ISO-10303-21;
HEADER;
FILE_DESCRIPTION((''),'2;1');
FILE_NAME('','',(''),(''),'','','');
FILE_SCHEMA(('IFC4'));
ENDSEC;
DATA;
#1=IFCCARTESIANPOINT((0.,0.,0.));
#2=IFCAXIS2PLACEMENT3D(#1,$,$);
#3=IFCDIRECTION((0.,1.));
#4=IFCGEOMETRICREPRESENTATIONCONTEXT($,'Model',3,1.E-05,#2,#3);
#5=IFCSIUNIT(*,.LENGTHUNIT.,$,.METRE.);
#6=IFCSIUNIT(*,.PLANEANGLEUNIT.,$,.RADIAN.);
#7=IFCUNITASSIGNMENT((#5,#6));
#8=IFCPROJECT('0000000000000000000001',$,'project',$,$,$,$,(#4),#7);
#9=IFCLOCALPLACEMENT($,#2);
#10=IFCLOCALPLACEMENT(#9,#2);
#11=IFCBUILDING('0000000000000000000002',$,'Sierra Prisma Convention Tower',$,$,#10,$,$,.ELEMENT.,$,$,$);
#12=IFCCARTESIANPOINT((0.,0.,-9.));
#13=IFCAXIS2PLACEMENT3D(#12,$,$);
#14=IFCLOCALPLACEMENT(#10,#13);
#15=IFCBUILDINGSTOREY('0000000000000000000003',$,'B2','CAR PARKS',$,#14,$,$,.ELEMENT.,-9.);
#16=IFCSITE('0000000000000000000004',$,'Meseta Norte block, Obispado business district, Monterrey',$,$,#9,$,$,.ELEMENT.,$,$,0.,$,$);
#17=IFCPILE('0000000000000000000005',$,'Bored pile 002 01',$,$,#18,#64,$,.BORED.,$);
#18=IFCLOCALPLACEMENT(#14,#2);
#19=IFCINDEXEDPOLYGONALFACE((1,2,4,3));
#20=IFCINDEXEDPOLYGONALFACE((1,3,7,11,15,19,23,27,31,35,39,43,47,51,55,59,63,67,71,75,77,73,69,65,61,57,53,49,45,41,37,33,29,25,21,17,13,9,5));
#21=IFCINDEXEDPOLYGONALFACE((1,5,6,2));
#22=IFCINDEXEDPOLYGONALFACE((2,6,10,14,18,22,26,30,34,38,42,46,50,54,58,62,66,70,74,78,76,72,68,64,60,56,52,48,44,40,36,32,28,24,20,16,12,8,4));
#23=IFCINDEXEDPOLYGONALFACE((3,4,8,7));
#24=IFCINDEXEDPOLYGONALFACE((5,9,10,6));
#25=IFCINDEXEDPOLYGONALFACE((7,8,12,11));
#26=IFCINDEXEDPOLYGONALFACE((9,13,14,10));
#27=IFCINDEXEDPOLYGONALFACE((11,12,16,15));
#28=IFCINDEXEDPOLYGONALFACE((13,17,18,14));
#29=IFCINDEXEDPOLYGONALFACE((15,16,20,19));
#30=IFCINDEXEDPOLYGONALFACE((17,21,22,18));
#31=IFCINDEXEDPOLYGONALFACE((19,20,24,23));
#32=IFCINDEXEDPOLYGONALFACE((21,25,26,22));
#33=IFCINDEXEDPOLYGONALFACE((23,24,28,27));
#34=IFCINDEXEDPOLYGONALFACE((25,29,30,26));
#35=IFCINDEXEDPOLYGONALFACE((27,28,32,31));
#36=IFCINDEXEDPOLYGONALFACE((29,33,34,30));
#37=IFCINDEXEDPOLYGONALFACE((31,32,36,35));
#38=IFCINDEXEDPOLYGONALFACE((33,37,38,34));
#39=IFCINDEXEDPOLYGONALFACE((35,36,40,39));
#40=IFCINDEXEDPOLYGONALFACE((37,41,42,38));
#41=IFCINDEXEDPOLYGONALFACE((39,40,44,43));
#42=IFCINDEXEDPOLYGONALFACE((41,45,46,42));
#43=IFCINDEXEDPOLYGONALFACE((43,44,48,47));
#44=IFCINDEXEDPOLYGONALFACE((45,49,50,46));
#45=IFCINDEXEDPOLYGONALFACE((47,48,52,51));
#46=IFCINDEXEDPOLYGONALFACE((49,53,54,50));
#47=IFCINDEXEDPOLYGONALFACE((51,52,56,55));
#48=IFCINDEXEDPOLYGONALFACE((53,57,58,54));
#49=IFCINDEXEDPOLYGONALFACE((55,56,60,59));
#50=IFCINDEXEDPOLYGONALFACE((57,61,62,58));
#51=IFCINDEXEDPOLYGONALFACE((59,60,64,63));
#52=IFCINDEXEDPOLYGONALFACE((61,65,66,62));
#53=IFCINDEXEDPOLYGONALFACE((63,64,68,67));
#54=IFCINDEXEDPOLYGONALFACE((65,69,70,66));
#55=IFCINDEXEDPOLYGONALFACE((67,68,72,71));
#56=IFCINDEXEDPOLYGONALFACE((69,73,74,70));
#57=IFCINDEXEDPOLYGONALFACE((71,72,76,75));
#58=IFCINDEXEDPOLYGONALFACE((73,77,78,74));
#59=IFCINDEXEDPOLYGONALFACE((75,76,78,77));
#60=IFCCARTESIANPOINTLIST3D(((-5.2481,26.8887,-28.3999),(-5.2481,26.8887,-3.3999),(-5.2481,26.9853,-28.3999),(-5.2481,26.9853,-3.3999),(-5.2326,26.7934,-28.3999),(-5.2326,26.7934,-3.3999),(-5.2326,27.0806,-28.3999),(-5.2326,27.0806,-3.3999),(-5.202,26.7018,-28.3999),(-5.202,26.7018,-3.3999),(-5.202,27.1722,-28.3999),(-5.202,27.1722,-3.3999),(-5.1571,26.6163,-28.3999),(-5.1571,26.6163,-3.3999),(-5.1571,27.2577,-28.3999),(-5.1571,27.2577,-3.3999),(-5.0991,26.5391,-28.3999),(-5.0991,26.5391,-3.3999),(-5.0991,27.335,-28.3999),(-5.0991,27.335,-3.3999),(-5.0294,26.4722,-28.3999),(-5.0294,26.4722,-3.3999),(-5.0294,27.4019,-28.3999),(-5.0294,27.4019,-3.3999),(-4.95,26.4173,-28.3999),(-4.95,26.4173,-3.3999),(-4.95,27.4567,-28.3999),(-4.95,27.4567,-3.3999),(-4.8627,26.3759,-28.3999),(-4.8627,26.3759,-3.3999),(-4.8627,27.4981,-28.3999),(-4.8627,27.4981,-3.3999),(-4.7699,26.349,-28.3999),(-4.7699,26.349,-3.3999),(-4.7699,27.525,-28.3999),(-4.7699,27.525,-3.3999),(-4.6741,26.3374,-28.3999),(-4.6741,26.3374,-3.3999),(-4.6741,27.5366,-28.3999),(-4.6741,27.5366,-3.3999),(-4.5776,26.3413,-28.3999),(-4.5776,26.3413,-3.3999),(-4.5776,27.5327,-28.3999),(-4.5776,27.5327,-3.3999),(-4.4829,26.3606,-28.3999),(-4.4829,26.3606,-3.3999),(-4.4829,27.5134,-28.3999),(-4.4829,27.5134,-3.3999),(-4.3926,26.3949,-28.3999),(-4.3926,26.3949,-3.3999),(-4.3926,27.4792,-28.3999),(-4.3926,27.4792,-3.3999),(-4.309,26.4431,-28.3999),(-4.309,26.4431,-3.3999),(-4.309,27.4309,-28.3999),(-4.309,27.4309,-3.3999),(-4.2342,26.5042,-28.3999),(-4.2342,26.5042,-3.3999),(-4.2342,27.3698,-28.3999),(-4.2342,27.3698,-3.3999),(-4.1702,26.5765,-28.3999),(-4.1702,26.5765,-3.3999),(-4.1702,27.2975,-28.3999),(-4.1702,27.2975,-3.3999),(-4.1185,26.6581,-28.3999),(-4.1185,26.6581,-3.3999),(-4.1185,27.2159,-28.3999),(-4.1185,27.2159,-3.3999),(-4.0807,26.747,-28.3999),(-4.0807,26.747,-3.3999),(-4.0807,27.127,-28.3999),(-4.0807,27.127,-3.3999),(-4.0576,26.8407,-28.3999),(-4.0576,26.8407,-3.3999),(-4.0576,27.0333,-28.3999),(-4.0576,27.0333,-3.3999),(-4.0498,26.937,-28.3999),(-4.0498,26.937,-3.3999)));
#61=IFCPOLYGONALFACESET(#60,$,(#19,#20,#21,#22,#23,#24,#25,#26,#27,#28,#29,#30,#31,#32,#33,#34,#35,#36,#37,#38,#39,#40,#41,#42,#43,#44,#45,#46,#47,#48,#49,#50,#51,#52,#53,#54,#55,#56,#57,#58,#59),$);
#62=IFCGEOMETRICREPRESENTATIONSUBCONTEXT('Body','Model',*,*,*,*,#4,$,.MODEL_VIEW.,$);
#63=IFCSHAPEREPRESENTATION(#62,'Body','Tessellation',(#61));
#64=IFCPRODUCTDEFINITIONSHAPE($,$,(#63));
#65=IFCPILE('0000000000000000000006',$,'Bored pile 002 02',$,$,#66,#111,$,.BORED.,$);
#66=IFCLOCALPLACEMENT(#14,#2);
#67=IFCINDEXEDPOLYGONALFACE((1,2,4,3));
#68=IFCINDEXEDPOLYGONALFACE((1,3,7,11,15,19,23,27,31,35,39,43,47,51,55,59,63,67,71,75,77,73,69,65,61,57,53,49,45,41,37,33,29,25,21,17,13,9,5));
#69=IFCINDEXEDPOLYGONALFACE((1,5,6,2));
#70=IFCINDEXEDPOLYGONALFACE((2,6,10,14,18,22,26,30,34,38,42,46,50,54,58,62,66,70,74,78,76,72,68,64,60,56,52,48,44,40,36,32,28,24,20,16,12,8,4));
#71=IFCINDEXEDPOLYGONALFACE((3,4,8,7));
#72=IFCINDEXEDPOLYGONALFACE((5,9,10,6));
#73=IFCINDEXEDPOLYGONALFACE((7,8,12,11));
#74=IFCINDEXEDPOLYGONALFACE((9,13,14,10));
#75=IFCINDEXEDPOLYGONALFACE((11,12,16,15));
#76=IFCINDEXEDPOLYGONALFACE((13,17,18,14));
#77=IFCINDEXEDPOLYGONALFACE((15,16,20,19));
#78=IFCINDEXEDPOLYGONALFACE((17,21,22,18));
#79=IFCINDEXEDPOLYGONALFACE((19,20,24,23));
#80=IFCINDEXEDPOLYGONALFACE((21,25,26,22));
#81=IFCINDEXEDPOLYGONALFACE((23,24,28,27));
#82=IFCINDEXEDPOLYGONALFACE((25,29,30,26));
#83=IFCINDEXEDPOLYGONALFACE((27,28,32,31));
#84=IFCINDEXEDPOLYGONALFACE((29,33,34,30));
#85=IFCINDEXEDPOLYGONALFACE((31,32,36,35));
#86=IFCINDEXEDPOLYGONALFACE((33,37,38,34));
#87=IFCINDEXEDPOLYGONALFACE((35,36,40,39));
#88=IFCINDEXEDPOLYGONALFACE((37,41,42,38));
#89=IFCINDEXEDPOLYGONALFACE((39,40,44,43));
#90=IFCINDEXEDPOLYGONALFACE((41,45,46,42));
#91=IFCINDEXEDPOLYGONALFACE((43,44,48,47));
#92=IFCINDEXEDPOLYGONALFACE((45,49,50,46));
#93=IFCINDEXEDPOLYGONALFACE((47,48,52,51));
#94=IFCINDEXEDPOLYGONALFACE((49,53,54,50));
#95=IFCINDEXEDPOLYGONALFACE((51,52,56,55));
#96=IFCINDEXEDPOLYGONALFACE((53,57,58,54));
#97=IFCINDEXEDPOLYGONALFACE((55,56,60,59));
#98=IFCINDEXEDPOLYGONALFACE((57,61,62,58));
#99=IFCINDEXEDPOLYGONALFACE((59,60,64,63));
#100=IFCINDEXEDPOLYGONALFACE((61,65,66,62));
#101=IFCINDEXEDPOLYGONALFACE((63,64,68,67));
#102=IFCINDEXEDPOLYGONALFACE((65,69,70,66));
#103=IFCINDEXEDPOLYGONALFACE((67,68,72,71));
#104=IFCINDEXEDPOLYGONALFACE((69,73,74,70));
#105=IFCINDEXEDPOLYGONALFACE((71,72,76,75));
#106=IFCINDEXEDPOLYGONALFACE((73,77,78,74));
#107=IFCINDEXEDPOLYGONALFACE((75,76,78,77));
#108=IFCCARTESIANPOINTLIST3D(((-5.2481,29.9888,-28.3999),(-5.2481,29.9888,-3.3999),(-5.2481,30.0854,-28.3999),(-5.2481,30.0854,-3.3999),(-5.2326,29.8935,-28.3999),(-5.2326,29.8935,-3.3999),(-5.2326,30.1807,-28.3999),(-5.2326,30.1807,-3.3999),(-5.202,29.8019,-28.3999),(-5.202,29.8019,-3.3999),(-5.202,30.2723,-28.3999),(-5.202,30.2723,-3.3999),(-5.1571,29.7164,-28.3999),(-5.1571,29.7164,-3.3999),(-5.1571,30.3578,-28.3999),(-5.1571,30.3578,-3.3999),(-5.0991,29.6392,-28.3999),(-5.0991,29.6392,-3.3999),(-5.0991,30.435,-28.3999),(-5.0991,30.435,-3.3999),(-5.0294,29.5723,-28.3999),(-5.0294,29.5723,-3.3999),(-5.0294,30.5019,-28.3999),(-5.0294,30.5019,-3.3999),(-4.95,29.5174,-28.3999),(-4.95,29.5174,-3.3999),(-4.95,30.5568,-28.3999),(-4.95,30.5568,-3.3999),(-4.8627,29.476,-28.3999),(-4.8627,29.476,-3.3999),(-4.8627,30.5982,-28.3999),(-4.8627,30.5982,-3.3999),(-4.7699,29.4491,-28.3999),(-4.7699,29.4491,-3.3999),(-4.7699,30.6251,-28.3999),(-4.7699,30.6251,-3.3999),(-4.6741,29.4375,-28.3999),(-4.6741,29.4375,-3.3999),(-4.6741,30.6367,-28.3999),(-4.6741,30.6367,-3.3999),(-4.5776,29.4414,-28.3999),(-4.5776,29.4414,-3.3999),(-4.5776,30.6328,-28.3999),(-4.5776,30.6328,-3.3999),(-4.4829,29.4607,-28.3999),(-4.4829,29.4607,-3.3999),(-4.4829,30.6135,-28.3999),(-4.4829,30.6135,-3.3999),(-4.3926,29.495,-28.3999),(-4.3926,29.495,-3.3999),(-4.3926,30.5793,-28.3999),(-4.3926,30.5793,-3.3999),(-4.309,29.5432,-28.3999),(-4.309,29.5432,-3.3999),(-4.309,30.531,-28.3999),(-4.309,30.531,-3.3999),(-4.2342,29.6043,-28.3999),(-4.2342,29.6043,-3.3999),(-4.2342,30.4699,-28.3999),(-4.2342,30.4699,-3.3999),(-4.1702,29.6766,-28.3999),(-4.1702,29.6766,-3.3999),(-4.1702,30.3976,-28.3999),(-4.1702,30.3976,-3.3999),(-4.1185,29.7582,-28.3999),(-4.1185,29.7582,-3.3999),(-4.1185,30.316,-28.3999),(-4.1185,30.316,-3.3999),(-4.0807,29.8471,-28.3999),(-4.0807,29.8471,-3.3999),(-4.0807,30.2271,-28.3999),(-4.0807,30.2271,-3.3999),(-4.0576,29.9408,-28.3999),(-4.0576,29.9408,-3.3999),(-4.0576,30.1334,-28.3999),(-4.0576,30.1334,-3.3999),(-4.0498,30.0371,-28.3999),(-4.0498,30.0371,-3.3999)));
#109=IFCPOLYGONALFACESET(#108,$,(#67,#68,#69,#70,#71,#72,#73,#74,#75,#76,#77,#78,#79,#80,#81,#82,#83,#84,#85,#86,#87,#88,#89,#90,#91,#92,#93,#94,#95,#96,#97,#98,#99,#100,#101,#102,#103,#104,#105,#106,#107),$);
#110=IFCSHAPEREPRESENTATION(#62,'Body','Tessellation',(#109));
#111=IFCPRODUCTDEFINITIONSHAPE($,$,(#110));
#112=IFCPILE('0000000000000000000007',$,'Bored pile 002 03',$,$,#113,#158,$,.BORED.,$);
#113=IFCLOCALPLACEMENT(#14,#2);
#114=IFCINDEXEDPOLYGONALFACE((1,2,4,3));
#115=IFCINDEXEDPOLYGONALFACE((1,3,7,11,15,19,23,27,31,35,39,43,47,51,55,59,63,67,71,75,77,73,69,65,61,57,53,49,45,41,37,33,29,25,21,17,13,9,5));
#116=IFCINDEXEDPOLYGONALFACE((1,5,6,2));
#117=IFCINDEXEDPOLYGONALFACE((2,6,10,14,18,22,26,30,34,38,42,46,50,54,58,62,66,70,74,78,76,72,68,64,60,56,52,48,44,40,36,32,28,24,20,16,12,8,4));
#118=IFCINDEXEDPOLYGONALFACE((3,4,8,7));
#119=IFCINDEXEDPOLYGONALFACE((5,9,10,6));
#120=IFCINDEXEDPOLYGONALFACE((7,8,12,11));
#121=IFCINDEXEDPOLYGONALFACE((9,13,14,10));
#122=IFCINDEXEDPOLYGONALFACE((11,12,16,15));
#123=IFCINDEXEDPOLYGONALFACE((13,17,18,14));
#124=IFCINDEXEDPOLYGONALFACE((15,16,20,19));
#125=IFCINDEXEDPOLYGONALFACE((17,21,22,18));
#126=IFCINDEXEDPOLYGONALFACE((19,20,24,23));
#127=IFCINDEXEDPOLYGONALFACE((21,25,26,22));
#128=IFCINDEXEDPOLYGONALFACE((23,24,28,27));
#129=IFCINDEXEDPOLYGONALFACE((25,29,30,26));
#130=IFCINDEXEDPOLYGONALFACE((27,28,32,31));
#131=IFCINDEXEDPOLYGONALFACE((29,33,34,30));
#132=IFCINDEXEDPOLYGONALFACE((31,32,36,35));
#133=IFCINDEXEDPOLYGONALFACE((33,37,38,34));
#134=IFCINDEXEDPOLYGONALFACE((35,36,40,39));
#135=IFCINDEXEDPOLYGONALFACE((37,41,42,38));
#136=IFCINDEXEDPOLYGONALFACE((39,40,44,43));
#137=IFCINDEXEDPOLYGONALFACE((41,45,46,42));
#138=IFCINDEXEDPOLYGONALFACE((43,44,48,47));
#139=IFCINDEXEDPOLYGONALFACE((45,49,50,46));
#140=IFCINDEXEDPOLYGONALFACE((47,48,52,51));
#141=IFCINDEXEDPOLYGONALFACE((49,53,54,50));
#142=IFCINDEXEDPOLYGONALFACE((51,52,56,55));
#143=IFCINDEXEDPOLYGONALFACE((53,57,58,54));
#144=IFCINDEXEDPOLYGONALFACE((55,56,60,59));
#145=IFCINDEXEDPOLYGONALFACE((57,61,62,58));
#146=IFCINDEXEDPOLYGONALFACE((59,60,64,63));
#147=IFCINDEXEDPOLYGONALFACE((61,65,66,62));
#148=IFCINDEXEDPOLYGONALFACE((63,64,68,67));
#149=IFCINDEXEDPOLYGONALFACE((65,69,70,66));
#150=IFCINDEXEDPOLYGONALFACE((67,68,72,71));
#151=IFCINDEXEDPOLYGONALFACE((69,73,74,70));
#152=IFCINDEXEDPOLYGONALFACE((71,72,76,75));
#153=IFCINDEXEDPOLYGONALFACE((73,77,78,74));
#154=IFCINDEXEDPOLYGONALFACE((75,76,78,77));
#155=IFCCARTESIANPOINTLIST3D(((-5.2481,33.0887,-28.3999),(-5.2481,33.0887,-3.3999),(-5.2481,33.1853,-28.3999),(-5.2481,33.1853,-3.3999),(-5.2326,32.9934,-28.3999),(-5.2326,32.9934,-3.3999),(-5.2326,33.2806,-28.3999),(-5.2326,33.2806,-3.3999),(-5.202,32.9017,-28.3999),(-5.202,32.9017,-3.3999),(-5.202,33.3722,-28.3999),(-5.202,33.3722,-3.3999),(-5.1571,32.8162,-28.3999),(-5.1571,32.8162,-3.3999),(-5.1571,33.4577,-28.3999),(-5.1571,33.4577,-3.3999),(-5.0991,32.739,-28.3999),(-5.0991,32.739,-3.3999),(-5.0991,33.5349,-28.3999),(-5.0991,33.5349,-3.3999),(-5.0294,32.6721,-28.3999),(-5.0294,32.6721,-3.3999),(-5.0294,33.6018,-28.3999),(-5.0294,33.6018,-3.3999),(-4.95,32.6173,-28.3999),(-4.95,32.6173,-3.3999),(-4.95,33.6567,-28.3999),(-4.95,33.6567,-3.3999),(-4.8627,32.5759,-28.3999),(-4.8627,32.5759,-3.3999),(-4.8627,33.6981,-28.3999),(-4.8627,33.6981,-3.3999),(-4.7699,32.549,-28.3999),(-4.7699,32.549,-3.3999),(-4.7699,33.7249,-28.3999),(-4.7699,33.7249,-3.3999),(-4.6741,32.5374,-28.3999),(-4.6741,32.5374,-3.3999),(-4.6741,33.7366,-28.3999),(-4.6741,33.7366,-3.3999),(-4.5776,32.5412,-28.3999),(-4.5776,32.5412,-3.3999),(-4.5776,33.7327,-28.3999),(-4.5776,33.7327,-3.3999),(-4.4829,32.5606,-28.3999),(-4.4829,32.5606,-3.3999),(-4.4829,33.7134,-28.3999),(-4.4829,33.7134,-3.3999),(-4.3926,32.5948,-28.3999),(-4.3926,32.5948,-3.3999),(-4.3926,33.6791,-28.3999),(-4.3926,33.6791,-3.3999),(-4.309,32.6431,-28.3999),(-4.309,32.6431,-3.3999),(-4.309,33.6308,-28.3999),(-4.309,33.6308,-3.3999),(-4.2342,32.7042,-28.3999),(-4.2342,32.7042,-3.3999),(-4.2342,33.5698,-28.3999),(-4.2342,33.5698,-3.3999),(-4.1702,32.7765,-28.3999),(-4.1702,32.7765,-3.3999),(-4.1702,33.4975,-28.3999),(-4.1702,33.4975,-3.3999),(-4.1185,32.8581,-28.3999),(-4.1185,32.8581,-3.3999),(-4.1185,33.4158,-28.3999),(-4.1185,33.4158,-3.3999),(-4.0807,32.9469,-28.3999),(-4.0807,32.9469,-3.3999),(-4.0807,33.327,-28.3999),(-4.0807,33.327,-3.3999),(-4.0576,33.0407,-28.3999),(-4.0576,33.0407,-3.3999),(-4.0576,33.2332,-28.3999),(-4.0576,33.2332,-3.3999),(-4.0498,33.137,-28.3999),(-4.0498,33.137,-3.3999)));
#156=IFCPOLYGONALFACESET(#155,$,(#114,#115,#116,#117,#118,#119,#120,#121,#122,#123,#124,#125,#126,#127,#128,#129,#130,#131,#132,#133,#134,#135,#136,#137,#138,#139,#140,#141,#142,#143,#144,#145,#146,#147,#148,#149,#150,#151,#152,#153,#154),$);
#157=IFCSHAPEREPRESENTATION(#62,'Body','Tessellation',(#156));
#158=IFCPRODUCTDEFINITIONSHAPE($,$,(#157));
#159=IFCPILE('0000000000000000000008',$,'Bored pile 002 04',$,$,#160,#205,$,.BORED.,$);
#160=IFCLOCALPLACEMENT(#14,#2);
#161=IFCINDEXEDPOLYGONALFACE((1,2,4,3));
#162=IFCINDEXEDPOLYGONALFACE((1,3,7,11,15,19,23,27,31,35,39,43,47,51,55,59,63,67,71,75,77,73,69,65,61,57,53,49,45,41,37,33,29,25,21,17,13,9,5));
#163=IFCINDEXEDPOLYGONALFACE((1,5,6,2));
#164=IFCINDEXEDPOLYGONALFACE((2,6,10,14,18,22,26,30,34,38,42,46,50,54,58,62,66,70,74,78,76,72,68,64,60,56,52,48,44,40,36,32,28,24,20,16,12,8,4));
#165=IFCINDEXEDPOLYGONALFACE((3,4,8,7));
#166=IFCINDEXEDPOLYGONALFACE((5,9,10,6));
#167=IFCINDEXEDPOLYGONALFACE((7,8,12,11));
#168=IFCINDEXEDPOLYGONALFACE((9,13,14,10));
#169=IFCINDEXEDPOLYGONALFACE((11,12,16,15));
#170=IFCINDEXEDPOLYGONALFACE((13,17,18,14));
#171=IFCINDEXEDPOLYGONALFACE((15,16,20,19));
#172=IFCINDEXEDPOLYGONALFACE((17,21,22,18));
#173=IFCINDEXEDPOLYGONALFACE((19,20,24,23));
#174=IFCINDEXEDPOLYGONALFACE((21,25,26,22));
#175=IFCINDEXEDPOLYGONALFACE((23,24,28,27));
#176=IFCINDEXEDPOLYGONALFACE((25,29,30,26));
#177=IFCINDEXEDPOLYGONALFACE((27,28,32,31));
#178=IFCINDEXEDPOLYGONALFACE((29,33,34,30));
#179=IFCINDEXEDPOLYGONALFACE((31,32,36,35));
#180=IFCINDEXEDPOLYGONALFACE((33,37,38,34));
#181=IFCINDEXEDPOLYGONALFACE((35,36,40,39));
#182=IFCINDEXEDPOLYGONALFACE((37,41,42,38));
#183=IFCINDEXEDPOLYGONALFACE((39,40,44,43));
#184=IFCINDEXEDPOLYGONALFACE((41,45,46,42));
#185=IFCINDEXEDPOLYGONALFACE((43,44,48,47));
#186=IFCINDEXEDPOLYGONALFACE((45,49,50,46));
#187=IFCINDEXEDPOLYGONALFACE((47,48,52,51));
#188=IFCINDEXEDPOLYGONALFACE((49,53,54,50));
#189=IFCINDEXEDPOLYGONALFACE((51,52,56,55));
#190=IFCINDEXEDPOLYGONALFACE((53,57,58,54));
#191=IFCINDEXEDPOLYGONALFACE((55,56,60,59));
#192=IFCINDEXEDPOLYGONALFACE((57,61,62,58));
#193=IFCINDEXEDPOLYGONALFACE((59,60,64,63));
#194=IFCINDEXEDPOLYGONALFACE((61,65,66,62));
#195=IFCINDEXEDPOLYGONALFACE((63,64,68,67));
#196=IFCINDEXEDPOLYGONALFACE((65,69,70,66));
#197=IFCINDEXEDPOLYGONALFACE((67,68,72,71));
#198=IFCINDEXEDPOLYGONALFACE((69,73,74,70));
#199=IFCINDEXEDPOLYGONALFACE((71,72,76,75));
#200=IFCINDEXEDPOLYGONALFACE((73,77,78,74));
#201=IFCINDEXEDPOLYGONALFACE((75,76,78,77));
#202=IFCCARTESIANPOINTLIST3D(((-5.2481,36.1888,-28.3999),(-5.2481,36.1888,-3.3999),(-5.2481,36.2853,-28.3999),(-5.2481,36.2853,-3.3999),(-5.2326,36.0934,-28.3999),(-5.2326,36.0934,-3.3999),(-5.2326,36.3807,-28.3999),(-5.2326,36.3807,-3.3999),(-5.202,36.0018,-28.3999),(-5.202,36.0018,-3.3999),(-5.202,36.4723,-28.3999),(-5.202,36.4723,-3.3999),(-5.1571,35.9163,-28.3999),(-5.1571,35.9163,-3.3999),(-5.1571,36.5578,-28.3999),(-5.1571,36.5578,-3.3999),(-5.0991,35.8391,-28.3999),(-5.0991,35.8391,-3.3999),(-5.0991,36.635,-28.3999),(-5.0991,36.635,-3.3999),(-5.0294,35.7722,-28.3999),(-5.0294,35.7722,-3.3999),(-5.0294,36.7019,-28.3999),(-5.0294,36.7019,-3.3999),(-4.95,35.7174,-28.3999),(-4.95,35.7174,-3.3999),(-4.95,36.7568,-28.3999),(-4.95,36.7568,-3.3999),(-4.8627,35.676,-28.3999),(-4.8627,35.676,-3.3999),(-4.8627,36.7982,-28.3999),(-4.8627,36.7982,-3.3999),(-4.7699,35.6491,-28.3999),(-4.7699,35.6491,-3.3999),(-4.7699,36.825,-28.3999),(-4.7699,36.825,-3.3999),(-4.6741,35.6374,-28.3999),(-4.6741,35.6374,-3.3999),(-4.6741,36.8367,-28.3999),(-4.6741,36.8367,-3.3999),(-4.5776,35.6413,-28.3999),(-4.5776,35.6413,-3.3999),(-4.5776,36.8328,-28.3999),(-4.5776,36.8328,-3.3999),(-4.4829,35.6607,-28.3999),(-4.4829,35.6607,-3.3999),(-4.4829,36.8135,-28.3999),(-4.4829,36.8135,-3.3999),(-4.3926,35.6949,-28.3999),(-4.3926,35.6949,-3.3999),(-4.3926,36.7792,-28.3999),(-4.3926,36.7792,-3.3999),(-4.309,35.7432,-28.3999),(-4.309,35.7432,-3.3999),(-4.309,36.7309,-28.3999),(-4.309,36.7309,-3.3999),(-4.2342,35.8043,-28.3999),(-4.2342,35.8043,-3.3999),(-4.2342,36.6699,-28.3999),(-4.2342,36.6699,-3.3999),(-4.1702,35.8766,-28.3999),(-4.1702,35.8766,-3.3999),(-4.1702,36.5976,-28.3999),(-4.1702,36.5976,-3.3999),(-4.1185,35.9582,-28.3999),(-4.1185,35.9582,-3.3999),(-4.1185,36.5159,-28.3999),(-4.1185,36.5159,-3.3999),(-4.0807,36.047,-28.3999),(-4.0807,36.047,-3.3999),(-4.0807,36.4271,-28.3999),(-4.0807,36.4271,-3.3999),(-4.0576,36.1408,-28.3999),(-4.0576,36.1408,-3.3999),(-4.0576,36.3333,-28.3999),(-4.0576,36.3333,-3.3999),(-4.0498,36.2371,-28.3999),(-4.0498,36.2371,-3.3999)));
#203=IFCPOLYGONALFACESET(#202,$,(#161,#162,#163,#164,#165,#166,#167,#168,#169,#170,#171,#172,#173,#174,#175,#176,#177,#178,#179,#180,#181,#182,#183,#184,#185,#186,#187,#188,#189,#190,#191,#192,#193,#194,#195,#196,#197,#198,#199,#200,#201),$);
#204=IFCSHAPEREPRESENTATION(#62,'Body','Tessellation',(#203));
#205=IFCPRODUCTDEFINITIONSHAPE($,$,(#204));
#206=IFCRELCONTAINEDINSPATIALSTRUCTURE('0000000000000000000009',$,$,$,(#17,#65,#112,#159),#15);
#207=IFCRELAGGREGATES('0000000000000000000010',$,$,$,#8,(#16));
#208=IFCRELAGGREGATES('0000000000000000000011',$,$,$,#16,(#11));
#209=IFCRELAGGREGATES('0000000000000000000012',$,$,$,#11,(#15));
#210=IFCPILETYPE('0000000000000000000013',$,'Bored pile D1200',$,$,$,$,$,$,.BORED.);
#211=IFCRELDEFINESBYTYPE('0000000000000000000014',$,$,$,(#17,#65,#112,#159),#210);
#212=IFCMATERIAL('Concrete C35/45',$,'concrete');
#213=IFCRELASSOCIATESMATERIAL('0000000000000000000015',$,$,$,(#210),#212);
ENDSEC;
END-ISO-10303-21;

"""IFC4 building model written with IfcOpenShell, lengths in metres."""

from ifc_helpers import new_model, si_unit, direction, frame, origin, origin_2d, place, context, subcontext, project, spatial, circle, extrude, material, material_profile, profile_set, type_object, element, save


model = new_model("IFC4")

# Units and contexts
model_context = context("Model", 3, precision=1e-05, world=origin(), true_north=direction((0.0, 1.0)))
body_context = subcontext(model_context, "Body", "Model", "MODEL_VIEW")
ifc_project = project(units=[si_unit("LENGTHUNIT", "METRE"), si_unit("PLANEANGLEUNIT", "RADIAN")], contexts=[model_context])

# Site, building, storey
site_placement = place(None, origin())
site = spatial("IfcSite", under=ifc_project, at=site_placement, Name="Meseta Norte block, Obispado business district, Monterrey", CompositionType="ELEMENT", RefElevation=0.0)
building_placement = place(site_placement, origin())
building = spatial("IfcBuilding", under=site, at=building_placement, Name="Sierra Prisma Convention Tower", CompositionType="ELEMENT")
storey_placement = place(building_placement, frame((0.0, 0.0, -9.0)))
storey = spatial("IfcBuildingStorey", under=building, at=storey_placement, Name="B2", Description="CAR PARKS", CompositionType="ELEMENT", Elevation=-9.0)

# Piles
ifc_material_1 = material(Name="Concrete C35/45", Category="concrete")
ifc_material_profile_1 = material_profile(ifc_material_1, circle(Radius=0.6001, at=origin_2d()), Name="D1200")
ifc_profile_set_1 = profile_set([ifc_material_profile_1], Name="Concrete C35/45")
pile_type_1 = type_object("IfcPileType", Name="Bored pile D1200", PredefinedType="BORED", material=ifc_profile_set_1)
for number, where, z_axis, x_axis, name in (
    (1, (-4.6499, 26.937, -3.3999), (0.0, 0.0, -1.0), (1.0, 0.0, 0.0), "Bored pile 002 01"),
    (2, (-4.6499, 30.0371, -3.3999), (0.0, 0.0, -1.0), (1.0, 0.0, 0.0), "Bored pile 002 02"),
    (3, (-4.6499, 33.137, -3.3999), (0.0, 0.0, -1.0), (1.0, 0.0, 0.0), "Bored pile 002 03"),
    (4, (-4.6499, 36.2371, -3.3999), (0.0, 0.0, -1.0), (1.0, 0.0, 0.0), "Bored pile 002 04"),
):
    element("IfcPile", number, at=place(storey_placement, frame(where, z_axis=z_axis, x_axis=x_axis)), inside=storey, type_object=pile_type_1, Name=name, PredefinedType="BORED", context=body_context, shape_type="SweptSolid", body=[
        extrude(circle(Radius=0.6001, at=origin_2d()), origin(), (0.0, 0.0, 1.0), 25.0),
    ])

save(model, "model.ifc")
